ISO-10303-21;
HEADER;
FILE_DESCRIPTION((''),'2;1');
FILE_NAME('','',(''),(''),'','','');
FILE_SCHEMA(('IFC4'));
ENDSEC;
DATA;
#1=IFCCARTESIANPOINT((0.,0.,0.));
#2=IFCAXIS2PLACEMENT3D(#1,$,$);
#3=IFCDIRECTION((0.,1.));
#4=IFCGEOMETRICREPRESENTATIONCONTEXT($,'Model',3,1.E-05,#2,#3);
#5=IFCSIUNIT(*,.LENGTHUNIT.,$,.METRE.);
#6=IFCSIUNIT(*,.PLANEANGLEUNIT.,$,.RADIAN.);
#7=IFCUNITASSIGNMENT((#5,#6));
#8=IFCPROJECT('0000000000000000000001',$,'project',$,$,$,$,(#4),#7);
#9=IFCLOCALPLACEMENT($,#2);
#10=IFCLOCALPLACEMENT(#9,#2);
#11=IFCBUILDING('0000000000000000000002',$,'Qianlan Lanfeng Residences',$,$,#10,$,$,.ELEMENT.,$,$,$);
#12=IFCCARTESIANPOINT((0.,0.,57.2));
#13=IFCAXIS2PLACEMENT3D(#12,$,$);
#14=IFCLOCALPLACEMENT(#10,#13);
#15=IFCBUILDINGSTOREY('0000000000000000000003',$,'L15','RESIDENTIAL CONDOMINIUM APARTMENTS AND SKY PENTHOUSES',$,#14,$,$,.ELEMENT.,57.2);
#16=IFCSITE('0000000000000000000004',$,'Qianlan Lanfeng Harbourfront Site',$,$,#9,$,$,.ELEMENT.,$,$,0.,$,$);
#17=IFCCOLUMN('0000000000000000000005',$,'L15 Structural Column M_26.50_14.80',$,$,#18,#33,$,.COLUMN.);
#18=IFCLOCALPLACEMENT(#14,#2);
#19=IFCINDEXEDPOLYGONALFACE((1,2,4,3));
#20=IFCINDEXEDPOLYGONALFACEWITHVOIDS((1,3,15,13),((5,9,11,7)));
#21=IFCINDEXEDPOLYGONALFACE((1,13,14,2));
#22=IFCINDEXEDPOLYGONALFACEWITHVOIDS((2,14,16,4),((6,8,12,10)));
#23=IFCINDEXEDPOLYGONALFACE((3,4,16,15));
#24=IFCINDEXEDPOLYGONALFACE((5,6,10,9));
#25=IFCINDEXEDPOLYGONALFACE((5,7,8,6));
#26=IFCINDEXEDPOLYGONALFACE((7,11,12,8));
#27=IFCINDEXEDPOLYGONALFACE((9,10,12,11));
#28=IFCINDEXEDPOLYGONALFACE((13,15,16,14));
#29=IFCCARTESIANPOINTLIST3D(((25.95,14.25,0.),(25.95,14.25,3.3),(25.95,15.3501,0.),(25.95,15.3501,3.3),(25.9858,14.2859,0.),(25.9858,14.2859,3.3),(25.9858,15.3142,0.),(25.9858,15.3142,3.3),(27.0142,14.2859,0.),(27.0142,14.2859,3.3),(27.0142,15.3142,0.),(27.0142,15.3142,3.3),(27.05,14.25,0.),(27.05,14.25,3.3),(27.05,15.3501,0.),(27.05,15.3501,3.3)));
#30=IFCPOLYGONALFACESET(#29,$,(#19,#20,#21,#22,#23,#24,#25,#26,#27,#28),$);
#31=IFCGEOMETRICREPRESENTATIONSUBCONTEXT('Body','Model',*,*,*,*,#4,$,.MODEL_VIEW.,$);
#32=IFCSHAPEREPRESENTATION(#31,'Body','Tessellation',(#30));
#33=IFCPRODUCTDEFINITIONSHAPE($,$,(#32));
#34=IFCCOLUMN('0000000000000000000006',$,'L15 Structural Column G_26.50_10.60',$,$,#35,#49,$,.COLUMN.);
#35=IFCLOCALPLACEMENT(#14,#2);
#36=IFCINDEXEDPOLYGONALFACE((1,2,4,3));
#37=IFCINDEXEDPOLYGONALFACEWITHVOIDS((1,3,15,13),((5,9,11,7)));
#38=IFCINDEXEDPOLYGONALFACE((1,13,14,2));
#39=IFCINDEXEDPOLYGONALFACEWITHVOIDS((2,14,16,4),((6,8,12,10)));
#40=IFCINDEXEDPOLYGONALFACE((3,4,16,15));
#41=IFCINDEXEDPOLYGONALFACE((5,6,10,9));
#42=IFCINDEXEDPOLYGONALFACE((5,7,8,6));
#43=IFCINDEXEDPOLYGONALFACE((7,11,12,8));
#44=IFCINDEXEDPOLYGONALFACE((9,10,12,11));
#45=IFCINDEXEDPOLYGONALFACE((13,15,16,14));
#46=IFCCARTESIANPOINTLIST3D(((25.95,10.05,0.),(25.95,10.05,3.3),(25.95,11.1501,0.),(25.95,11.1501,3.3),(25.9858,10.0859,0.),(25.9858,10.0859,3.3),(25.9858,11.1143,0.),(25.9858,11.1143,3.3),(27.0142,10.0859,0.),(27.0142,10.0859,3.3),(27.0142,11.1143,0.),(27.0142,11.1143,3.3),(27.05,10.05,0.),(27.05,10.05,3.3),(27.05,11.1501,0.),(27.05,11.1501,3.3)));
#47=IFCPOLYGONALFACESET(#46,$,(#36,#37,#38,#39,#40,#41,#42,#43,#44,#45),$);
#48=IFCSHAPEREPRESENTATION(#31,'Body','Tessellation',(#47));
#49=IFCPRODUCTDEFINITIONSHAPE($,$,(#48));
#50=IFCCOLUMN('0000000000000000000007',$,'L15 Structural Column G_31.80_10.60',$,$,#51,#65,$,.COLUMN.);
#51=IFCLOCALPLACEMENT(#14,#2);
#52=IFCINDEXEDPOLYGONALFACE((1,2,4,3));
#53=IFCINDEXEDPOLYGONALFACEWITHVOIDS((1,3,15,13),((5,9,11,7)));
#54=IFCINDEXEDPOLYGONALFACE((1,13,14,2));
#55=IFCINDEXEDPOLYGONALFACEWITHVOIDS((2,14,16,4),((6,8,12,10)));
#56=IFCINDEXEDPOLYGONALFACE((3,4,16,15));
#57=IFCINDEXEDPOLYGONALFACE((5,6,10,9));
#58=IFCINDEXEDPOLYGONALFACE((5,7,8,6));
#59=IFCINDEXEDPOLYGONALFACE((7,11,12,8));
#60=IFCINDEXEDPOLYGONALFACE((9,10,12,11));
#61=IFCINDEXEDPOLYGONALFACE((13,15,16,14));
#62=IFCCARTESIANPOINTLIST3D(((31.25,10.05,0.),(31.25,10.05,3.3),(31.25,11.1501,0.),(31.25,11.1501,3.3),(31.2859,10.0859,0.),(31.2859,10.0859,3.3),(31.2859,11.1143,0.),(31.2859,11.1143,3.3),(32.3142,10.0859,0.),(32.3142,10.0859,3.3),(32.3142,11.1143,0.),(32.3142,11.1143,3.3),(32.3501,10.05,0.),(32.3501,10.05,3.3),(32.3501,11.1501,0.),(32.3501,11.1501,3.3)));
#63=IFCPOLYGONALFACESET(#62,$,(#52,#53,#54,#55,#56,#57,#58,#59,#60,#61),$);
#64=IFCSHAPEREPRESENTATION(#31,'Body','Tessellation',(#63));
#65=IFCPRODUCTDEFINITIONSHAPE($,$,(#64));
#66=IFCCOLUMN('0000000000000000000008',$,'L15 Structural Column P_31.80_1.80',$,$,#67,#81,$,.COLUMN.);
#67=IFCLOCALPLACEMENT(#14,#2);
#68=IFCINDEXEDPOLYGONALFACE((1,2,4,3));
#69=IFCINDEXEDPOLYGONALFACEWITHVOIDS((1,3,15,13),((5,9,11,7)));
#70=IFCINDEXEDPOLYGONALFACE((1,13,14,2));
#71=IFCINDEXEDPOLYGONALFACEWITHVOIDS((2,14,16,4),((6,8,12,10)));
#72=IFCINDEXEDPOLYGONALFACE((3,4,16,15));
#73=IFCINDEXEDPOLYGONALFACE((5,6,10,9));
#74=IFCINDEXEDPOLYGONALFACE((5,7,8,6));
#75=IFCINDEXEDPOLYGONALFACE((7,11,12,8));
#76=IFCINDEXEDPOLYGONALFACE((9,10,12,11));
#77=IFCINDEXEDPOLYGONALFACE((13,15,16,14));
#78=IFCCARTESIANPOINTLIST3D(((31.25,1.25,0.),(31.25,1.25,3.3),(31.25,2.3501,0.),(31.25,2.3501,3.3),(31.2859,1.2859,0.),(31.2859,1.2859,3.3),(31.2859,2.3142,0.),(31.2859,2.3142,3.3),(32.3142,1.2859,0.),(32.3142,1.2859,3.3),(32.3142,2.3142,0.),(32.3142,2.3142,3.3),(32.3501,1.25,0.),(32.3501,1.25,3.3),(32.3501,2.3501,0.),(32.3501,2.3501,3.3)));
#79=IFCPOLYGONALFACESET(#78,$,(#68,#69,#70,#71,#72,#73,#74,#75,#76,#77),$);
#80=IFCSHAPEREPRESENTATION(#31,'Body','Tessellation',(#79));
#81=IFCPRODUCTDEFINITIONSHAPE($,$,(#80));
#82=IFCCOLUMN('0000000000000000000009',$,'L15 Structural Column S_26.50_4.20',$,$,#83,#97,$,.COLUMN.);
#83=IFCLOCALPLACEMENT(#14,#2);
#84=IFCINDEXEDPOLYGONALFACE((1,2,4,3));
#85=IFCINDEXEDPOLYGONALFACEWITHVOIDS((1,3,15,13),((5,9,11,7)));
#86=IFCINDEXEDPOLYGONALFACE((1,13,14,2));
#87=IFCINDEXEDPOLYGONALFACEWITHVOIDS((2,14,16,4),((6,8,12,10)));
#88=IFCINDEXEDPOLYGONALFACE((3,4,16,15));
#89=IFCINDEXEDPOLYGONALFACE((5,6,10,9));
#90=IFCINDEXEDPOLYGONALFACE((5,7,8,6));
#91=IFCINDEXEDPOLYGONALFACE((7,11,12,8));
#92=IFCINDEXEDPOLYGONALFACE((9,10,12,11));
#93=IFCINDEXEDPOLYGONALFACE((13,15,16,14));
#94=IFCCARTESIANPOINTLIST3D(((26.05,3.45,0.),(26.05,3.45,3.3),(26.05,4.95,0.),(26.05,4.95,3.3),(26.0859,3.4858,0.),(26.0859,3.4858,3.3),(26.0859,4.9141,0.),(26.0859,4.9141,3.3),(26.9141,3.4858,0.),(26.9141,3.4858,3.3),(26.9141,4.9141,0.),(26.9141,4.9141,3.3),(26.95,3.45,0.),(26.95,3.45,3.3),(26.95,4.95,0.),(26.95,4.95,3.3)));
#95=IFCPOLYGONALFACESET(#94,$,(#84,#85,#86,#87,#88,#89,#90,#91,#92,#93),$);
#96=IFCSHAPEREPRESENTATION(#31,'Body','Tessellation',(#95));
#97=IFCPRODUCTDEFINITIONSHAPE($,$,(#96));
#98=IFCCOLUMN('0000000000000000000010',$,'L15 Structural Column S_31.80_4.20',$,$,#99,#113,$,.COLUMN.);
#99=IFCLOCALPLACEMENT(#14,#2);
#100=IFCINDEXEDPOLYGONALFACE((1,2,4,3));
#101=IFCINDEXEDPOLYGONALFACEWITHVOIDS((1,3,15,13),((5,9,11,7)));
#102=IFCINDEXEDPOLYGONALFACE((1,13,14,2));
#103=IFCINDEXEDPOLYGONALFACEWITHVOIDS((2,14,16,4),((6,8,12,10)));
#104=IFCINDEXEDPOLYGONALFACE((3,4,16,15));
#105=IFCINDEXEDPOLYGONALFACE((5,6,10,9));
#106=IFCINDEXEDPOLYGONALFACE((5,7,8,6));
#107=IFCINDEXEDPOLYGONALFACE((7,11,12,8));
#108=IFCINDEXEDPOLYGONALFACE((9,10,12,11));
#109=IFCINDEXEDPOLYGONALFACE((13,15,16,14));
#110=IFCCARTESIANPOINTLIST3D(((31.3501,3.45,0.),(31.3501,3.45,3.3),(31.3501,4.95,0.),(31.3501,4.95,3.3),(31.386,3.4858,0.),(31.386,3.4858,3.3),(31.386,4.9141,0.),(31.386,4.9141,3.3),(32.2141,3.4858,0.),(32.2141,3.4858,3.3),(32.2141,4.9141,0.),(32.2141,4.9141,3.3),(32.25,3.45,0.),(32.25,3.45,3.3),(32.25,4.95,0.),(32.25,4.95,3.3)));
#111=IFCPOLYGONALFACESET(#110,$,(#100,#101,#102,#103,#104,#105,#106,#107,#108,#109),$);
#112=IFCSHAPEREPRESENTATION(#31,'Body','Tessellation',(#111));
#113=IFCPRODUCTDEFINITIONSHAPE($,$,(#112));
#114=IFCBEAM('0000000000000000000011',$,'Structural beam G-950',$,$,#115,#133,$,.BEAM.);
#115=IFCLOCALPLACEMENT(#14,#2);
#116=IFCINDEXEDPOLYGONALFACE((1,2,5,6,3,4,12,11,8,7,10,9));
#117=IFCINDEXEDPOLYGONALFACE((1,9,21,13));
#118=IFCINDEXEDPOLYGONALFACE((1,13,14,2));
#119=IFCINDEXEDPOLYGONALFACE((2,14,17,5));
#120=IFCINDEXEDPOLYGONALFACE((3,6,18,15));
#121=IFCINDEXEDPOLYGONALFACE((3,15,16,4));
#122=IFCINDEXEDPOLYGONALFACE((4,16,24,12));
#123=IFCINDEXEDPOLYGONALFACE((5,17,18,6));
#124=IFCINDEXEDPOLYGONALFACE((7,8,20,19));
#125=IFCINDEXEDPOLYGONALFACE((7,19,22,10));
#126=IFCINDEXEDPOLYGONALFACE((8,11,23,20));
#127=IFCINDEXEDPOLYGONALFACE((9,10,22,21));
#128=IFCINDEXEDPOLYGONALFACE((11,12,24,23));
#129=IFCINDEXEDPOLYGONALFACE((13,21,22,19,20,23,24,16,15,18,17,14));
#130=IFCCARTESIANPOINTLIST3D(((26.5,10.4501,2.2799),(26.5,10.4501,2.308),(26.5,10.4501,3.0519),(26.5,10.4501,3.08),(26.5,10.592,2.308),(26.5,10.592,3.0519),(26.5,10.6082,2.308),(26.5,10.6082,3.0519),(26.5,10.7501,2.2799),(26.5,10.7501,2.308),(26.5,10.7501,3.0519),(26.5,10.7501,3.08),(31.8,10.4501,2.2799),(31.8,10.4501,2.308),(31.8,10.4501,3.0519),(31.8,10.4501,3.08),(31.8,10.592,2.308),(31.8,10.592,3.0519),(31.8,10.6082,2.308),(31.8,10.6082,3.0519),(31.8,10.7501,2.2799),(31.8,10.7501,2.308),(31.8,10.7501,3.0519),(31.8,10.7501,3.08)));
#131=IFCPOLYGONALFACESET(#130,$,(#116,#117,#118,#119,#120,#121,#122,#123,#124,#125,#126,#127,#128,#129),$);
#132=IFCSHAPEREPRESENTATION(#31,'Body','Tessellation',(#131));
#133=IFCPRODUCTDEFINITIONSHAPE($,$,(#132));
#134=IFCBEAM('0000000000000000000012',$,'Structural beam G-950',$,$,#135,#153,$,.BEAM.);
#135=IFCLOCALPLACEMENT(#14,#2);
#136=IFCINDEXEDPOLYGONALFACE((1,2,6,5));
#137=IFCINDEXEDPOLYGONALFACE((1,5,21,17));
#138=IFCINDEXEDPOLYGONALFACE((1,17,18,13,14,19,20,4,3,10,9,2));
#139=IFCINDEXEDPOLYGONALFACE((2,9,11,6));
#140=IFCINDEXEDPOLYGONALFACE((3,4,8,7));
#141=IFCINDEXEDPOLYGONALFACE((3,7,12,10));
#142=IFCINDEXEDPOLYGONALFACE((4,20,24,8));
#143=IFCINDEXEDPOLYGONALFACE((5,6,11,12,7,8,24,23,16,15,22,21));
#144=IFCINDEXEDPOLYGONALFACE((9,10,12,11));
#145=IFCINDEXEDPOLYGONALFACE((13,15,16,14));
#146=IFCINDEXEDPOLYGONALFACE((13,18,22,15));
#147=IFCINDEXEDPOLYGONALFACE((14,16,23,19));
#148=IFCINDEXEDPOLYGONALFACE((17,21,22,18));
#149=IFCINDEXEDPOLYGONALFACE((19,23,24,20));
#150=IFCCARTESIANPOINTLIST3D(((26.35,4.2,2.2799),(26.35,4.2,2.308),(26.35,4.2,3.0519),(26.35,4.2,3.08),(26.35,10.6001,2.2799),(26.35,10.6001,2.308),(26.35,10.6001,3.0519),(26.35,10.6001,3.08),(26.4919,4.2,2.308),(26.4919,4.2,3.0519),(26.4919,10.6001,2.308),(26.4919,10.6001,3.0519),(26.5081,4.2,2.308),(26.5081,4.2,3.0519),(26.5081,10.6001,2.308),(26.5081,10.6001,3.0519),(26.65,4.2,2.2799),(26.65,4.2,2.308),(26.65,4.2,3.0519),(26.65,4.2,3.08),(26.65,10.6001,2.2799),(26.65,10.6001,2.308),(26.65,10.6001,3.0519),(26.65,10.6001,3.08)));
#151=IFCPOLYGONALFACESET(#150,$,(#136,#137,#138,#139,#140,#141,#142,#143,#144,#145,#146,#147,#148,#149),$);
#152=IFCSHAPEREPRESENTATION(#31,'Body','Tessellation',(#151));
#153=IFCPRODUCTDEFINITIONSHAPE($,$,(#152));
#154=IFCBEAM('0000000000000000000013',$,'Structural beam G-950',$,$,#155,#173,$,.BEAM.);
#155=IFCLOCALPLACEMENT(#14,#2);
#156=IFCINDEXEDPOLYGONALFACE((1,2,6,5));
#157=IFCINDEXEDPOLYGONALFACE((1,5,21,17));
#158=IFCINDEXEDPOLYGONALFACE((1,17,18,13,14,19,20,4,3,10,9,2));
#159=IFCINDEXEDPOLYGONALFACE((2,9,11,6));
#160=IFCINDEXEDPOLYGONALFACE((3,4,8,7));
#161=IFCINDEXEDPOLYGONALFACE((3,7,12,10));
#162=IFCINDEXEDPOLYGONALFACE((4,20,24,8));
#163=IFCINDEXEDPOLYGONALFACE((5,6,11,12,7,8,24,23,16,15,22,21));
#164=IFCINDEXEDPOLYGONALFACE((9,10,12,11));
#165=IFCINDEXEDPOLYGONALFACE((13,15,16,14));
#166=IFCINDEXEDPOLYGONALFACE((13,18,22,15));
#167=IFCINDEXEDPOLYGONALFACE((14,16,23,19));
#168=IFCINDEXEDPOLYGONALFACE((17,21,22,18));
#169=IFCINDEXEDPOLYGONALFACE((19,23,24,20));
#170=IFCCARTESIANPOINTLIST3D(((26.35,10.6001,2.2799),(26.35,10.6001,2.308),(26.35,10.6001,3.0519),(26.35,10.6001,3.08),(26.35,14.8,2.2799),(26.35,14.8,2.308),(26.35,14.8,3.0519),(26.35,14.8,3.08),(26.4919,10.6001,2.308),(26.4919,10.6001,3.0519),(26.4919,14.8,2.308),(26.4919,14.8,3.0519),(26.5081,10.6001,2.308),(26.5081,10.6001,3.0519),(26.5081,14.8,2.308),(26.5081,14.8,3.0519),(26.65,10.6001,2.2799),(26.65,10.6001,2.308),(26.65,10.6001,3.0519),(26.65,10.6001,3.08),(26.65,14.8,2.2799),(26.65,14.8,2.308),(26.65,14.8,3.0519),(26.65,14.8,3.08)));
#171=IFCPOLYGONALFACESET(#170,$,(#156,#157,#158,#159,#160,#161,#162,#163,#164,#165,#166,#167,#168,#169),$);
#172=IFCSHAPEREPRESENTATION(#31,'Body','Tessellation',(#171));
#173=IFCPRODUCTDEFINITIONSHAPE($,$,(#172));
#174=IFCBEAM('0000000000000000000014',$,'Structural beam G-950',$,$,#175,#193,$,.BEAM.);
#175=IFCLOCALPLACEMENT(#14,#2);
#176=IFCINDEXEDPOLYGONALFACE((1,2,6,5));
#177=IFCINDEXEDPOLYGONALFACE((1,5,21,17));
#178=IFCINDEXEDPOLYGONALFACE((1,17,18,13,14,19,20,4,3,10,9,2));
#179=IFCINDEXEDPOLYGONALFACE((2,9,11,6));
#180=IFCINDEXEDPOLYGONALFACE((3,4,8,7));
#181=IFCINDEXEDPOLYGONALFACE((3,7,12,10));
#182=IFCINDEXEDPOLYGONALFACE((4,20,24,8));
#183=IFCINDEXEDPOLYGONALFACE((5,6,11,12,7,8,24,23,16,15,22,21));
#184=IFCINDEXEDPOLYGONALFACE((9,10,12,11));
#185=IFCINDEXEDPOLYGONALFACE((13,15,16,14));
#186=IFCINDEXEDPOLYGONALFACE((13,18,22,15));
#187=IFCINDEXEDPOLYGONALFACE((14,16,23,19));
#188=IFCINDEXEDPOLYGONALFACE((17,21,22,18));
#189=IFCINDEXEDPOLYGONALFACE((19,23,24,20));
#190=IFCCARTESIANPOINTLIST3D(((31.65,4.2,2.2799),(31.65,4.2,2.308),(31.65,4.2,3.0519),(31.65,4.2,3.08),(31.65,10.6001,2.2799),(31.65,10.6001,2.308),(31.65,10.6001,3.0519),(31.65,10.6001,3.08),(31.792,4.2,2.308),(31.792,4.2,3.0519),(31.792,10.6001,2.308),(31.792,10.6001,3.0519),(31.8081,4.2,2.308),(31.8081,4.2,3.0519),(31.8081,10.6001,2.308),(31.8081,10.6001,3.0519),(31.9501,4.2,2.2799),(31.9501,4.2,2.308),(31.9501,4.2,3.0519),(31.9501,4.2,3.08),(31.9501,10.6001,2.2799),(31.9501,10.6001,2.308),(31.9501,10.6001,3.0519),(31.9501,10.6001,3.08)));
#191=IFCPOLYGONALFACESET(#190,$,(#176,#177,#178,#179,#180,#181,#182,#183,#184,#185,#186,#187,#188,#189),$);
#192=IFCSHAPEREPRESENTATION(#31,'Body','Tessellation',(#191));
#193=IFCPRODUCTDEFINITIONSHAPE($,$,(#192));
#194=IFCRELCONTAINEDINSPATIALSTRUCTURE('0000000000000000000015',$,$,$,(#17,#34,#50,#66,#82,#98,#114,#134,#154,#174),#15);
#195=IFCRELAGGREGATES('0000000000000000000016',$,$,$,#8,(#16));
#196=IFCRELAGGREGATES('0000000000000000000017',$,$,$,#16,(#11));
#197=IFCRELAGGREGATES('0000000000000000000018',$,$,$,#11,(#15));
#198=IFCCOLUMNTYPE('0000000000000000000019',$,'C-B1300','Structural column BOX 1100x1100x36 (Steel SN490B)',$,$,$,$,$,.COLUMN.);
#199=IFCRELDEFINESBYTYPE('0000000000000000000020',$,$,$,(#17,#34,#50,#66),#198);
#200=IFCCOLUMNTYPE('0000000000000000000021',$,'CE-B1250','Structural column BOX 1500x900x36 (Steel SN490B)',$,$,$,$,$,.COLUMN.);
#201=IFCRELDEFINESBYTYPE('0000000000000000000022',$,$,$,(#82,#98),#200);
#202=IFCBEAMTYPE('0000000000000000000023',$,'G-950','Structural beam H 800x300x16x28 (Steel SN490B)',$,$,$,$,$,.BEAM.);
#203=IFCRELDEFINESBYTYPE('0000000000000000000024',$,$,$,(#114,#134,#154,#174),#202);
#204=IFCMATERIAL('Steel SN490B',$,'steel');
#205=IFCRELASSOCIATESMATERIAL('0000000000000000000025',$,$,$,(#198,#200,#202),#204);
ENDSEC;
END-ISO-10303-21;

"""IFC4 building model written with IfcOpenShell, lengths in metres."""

from ifc_helpers import new_model, si_unit, direction, frame, origin, origin_2d, place, context, subcontext, project, spatial, hollow_rectangle, i_section, extrude, material, material_profile, profile_set, type_object, element, save


model = new_model("IFC4")

# Units and contexts
model_context = context("Model", 3, precision=1e-05, world=origin(), true_north=direction((0.0, 1.0)))
body_context = subcontext(model_context, "Body", "Model", "MODEL_VIEW")
ifc_project = project(units=[si_unit("LENGTHUNIT", "METRE"), si_unit("PLANEANGLEUNIT", "RADIAN")], contexts=[model_context])

# Site, building, storey
site_placement = place(None, origin())
site = spatial("IfcSite", under=ifc_project, at=site_placement, Name="Qianlan Lanfeng Harbourfront Site", CompositionType="ELEMENT", RefElevation=0.0)
building_placement = place(site_placement, origin())
building = spatial("IfcBuilding", under=site, at=building_placement, Name="Qianlan Lanfeng Residences", CompositionType="ELEMENT")
storey_placement = place(building_placement, frame((0.0, 0.0, 57.2)))
storey = spatial("IfcBuildingStorey", under=building, at=storey_placement, Name="L15", Description="RESIDENTIAL CONDOMINIUM APARTMENTS AND SKY PENTHOUSES", CompositionType="ELEMENT", Elevation=57.2)

# Columns
ifc_material_1 = material(Name="Steel SN490B", Category="steel")
ifc_material_profile_1 = material_profile(ifc_material_1, hollow_rectangle(XDim=1.1001, YDim=1.1001, WallThickness=0.0359, at=origin_2d()), Name="BOX 1100x1100x36")
ifc_profile_set_1 = profile_set([ifc_material_profile_1], Name="Steel SN490B")
column_type_1 = type_object("IfcColumnType", Name="C-B1300", Description="Structural column BOX 1100x1100x36 (Steel SN490B)", PredefinedType="COLUMN", material=ifc_profile_set_1)
for number, where, z_axis, x_axis, name in (
    (1, (26.5, 14.8, 0.0), (0.0, 0.0, 1.0), (1.0, 0.0, 0.0), "L15 Structural Column M_26.50_14.80"),
    (2, (26.5, 10.6001, 0.0), (0.0, 0.0, 1.0), (1.0, 0.0, 0.0), "L15 Structural Column G_26.50_10.60"),
    (3, (31.8, 10.6001, 0.0), (0.0, 0.0, 1.0), (1.0, 0.0, 0.0), "L15 Structural Column G_31.80_10.60"),
    (4, (31.8, 1.8, 0.0), (0.0, 0.0, 1.0), (1.0, 0.0, 0.0), "L15 Structural Column P_31.80_1.80"),
):
    element("IfcColumn", number, at=place(storey_placement, frame(where, z_axis=z_axis, x_axis=x_axis)), inside=storey, type_object=column_type_1, Name=name, PredefinedType="COLUMN", context=body_context, shape_type="SweptSolid", body=[
        extrude(hollow_rectangle(XDim=1.1001, YDim=1.1001, WallThickness=0.0359, at=origin_2d()), origin(), (0.0, 0.0, 1.0), 3.3),
    ])
ifc_material_profile_2 = material_profile(ifc_material_1, hollow_rectangle(XDim=0.8999, YDim=1.5, WallThickness=0.0359, at=origin_2d()), Name="BOX 1500x900x36")
ifc_profile_set_2 = profile_set([ifc_material_profile_2], Name="Steel SN490B")
column_type_2 = type_object("IfcColumnType", Name="CE-B1250", Description="Structural column BOX 1500x900x36 (Steel SN490B)", PredefinedType="COLUMN", material=ifc_profile_set_2)
for number, where, z_axis, x_axis, name in (
    (5, (26.5, 4.2, 0.0), (0.0, 0.0, 1.0), (1.0, 0.0, 0.0), "L15 Structural Column S_26.50_4.20"),
    (6, (31.8, 4.2, 0.0), (0.0, 0.0, 1.0), (1.0, 0.0, 0.0), "L15 Structural Column S_31.80_4.20"),
):
    element("IfcColumn", number, at=place(storey_placement, frame(where, z_axis=z_axis, x_axis=x_axis)), inside=storey, type_object=column_type_2, Name=name, PredefinedType="COLUMN", context=body_context, shape_type="SweptSolid", body=[
        extrude(hollow_rectangle(XDim=0.8999, YDim=1.5, WallThickness=0.0359, at=origin_2d()), origin(), (0.0, 0.0, 1.0), 3.3),
    ])

# Beams
ifc_material_profile_3 = material_profile(ifc_material_1, i_section(OverallWidth=0.3, OverallDepth=0.8, WebThickness=0.0161, FlangeThickness=0.0281, at=origin_2d()), Name="H 800x300x16x28")
ifc_profile_set_3 = profile_set([ifc_material_profile_3], Name="Steel SN490B")
beam_type_1 = type_object("IfcBeamType", Name="G-950", Description="Structural beam H 800x300x16x28 (Steel SN490B)", PredefinedType="BEAM", material=ifc_profile_set_3)
beam_1_placement = place(storey_placement, frame((26.5, 10.6001, 2.6799), z_axis=(1.0, 0.0, 0.0), x_axis=(0.0, 1.0, 0.0)))
element("IfcBeam", 7, at=beam_1_placement, inside=storey, type_object=beam_type_1, Name="Structural beam G-950", PredefinedType="BEAM", context=body_context, shape_type="SweptSolid", body=[
    extrude(i_section(OverallWidth=0.3, OverallDepth=0.8, WebThickness=0.0161, FlangeThickness=0.0281, at=origin_2d()), origin(), (0.0, 0.0, 1.0), 5.3),
])
beam_2_placement = place(storey_placement, frame((26.5, 4.2, 2.6799), z_axis=(0.0, 1.0, 0.0), x_axis=(-1.0, 0.0, 0.0)))
element("IfcBeam", 8, at=beam_2_placement, inside=storey, type_object=beam_type_1, Name="Structural beam G-950", PredefinedType="BEAM", context=body_context, shape_type="SweptSolid", body=[
    extrude(i_section(OverallWidth=0.3, OverallDepth=0.8, WebThickness=0.0161, FlangeThickness=0.0281, at=origin_2d()), origin(), (0.0, 0.0, 1.0), 6.4001),
])
beam_3_placement = place(storey_placement, frame((26.5, 10.6001, 2.6799), z_axis=(0.0, 1.0, 0.0), x_axis=(-1.0, 0.0, 0.0)))
element("IfcBeam", 9, at=beam_3_placement, inside=storey, type_object=beam_type_1, Name="Structural beam G-950", PredefinedType="BEAM", context=body_context, shape_type="SweptSolid", body=[
    extrude(i_section(OverallWidth=0.3, OverallDepth=0.8, WebThickness=0.0161, FlangeThickness=0.0281, at=origin_2d()), origin(), (0.0, 0.0, 1.0), 4.2),
])
beam_4_placement = place(storey_placement, frame((31.8, 4.2, 2.6799), z_axis=(0.0, 1.0, 0.0), x_axis=(-1.0, 0.0, 0.0)))
element("IfcBeam", 10, at=beam_4_placement, inside=storey, type_object=beam_type_1, Name="Structural beam G-950", PredefinedType="BEAM", context=body_context, shape_type="SweptSolid", body=[
    extrude(i_section(OverallWidth=0.3, OverallDepth=0.8, WebThickness=0.0161, FlangeThickness=0.0281, at=origin_2d()), origin(), (0.0, 0.0, 1.0), 6.4001),
])

save(model, "model.ifc")
